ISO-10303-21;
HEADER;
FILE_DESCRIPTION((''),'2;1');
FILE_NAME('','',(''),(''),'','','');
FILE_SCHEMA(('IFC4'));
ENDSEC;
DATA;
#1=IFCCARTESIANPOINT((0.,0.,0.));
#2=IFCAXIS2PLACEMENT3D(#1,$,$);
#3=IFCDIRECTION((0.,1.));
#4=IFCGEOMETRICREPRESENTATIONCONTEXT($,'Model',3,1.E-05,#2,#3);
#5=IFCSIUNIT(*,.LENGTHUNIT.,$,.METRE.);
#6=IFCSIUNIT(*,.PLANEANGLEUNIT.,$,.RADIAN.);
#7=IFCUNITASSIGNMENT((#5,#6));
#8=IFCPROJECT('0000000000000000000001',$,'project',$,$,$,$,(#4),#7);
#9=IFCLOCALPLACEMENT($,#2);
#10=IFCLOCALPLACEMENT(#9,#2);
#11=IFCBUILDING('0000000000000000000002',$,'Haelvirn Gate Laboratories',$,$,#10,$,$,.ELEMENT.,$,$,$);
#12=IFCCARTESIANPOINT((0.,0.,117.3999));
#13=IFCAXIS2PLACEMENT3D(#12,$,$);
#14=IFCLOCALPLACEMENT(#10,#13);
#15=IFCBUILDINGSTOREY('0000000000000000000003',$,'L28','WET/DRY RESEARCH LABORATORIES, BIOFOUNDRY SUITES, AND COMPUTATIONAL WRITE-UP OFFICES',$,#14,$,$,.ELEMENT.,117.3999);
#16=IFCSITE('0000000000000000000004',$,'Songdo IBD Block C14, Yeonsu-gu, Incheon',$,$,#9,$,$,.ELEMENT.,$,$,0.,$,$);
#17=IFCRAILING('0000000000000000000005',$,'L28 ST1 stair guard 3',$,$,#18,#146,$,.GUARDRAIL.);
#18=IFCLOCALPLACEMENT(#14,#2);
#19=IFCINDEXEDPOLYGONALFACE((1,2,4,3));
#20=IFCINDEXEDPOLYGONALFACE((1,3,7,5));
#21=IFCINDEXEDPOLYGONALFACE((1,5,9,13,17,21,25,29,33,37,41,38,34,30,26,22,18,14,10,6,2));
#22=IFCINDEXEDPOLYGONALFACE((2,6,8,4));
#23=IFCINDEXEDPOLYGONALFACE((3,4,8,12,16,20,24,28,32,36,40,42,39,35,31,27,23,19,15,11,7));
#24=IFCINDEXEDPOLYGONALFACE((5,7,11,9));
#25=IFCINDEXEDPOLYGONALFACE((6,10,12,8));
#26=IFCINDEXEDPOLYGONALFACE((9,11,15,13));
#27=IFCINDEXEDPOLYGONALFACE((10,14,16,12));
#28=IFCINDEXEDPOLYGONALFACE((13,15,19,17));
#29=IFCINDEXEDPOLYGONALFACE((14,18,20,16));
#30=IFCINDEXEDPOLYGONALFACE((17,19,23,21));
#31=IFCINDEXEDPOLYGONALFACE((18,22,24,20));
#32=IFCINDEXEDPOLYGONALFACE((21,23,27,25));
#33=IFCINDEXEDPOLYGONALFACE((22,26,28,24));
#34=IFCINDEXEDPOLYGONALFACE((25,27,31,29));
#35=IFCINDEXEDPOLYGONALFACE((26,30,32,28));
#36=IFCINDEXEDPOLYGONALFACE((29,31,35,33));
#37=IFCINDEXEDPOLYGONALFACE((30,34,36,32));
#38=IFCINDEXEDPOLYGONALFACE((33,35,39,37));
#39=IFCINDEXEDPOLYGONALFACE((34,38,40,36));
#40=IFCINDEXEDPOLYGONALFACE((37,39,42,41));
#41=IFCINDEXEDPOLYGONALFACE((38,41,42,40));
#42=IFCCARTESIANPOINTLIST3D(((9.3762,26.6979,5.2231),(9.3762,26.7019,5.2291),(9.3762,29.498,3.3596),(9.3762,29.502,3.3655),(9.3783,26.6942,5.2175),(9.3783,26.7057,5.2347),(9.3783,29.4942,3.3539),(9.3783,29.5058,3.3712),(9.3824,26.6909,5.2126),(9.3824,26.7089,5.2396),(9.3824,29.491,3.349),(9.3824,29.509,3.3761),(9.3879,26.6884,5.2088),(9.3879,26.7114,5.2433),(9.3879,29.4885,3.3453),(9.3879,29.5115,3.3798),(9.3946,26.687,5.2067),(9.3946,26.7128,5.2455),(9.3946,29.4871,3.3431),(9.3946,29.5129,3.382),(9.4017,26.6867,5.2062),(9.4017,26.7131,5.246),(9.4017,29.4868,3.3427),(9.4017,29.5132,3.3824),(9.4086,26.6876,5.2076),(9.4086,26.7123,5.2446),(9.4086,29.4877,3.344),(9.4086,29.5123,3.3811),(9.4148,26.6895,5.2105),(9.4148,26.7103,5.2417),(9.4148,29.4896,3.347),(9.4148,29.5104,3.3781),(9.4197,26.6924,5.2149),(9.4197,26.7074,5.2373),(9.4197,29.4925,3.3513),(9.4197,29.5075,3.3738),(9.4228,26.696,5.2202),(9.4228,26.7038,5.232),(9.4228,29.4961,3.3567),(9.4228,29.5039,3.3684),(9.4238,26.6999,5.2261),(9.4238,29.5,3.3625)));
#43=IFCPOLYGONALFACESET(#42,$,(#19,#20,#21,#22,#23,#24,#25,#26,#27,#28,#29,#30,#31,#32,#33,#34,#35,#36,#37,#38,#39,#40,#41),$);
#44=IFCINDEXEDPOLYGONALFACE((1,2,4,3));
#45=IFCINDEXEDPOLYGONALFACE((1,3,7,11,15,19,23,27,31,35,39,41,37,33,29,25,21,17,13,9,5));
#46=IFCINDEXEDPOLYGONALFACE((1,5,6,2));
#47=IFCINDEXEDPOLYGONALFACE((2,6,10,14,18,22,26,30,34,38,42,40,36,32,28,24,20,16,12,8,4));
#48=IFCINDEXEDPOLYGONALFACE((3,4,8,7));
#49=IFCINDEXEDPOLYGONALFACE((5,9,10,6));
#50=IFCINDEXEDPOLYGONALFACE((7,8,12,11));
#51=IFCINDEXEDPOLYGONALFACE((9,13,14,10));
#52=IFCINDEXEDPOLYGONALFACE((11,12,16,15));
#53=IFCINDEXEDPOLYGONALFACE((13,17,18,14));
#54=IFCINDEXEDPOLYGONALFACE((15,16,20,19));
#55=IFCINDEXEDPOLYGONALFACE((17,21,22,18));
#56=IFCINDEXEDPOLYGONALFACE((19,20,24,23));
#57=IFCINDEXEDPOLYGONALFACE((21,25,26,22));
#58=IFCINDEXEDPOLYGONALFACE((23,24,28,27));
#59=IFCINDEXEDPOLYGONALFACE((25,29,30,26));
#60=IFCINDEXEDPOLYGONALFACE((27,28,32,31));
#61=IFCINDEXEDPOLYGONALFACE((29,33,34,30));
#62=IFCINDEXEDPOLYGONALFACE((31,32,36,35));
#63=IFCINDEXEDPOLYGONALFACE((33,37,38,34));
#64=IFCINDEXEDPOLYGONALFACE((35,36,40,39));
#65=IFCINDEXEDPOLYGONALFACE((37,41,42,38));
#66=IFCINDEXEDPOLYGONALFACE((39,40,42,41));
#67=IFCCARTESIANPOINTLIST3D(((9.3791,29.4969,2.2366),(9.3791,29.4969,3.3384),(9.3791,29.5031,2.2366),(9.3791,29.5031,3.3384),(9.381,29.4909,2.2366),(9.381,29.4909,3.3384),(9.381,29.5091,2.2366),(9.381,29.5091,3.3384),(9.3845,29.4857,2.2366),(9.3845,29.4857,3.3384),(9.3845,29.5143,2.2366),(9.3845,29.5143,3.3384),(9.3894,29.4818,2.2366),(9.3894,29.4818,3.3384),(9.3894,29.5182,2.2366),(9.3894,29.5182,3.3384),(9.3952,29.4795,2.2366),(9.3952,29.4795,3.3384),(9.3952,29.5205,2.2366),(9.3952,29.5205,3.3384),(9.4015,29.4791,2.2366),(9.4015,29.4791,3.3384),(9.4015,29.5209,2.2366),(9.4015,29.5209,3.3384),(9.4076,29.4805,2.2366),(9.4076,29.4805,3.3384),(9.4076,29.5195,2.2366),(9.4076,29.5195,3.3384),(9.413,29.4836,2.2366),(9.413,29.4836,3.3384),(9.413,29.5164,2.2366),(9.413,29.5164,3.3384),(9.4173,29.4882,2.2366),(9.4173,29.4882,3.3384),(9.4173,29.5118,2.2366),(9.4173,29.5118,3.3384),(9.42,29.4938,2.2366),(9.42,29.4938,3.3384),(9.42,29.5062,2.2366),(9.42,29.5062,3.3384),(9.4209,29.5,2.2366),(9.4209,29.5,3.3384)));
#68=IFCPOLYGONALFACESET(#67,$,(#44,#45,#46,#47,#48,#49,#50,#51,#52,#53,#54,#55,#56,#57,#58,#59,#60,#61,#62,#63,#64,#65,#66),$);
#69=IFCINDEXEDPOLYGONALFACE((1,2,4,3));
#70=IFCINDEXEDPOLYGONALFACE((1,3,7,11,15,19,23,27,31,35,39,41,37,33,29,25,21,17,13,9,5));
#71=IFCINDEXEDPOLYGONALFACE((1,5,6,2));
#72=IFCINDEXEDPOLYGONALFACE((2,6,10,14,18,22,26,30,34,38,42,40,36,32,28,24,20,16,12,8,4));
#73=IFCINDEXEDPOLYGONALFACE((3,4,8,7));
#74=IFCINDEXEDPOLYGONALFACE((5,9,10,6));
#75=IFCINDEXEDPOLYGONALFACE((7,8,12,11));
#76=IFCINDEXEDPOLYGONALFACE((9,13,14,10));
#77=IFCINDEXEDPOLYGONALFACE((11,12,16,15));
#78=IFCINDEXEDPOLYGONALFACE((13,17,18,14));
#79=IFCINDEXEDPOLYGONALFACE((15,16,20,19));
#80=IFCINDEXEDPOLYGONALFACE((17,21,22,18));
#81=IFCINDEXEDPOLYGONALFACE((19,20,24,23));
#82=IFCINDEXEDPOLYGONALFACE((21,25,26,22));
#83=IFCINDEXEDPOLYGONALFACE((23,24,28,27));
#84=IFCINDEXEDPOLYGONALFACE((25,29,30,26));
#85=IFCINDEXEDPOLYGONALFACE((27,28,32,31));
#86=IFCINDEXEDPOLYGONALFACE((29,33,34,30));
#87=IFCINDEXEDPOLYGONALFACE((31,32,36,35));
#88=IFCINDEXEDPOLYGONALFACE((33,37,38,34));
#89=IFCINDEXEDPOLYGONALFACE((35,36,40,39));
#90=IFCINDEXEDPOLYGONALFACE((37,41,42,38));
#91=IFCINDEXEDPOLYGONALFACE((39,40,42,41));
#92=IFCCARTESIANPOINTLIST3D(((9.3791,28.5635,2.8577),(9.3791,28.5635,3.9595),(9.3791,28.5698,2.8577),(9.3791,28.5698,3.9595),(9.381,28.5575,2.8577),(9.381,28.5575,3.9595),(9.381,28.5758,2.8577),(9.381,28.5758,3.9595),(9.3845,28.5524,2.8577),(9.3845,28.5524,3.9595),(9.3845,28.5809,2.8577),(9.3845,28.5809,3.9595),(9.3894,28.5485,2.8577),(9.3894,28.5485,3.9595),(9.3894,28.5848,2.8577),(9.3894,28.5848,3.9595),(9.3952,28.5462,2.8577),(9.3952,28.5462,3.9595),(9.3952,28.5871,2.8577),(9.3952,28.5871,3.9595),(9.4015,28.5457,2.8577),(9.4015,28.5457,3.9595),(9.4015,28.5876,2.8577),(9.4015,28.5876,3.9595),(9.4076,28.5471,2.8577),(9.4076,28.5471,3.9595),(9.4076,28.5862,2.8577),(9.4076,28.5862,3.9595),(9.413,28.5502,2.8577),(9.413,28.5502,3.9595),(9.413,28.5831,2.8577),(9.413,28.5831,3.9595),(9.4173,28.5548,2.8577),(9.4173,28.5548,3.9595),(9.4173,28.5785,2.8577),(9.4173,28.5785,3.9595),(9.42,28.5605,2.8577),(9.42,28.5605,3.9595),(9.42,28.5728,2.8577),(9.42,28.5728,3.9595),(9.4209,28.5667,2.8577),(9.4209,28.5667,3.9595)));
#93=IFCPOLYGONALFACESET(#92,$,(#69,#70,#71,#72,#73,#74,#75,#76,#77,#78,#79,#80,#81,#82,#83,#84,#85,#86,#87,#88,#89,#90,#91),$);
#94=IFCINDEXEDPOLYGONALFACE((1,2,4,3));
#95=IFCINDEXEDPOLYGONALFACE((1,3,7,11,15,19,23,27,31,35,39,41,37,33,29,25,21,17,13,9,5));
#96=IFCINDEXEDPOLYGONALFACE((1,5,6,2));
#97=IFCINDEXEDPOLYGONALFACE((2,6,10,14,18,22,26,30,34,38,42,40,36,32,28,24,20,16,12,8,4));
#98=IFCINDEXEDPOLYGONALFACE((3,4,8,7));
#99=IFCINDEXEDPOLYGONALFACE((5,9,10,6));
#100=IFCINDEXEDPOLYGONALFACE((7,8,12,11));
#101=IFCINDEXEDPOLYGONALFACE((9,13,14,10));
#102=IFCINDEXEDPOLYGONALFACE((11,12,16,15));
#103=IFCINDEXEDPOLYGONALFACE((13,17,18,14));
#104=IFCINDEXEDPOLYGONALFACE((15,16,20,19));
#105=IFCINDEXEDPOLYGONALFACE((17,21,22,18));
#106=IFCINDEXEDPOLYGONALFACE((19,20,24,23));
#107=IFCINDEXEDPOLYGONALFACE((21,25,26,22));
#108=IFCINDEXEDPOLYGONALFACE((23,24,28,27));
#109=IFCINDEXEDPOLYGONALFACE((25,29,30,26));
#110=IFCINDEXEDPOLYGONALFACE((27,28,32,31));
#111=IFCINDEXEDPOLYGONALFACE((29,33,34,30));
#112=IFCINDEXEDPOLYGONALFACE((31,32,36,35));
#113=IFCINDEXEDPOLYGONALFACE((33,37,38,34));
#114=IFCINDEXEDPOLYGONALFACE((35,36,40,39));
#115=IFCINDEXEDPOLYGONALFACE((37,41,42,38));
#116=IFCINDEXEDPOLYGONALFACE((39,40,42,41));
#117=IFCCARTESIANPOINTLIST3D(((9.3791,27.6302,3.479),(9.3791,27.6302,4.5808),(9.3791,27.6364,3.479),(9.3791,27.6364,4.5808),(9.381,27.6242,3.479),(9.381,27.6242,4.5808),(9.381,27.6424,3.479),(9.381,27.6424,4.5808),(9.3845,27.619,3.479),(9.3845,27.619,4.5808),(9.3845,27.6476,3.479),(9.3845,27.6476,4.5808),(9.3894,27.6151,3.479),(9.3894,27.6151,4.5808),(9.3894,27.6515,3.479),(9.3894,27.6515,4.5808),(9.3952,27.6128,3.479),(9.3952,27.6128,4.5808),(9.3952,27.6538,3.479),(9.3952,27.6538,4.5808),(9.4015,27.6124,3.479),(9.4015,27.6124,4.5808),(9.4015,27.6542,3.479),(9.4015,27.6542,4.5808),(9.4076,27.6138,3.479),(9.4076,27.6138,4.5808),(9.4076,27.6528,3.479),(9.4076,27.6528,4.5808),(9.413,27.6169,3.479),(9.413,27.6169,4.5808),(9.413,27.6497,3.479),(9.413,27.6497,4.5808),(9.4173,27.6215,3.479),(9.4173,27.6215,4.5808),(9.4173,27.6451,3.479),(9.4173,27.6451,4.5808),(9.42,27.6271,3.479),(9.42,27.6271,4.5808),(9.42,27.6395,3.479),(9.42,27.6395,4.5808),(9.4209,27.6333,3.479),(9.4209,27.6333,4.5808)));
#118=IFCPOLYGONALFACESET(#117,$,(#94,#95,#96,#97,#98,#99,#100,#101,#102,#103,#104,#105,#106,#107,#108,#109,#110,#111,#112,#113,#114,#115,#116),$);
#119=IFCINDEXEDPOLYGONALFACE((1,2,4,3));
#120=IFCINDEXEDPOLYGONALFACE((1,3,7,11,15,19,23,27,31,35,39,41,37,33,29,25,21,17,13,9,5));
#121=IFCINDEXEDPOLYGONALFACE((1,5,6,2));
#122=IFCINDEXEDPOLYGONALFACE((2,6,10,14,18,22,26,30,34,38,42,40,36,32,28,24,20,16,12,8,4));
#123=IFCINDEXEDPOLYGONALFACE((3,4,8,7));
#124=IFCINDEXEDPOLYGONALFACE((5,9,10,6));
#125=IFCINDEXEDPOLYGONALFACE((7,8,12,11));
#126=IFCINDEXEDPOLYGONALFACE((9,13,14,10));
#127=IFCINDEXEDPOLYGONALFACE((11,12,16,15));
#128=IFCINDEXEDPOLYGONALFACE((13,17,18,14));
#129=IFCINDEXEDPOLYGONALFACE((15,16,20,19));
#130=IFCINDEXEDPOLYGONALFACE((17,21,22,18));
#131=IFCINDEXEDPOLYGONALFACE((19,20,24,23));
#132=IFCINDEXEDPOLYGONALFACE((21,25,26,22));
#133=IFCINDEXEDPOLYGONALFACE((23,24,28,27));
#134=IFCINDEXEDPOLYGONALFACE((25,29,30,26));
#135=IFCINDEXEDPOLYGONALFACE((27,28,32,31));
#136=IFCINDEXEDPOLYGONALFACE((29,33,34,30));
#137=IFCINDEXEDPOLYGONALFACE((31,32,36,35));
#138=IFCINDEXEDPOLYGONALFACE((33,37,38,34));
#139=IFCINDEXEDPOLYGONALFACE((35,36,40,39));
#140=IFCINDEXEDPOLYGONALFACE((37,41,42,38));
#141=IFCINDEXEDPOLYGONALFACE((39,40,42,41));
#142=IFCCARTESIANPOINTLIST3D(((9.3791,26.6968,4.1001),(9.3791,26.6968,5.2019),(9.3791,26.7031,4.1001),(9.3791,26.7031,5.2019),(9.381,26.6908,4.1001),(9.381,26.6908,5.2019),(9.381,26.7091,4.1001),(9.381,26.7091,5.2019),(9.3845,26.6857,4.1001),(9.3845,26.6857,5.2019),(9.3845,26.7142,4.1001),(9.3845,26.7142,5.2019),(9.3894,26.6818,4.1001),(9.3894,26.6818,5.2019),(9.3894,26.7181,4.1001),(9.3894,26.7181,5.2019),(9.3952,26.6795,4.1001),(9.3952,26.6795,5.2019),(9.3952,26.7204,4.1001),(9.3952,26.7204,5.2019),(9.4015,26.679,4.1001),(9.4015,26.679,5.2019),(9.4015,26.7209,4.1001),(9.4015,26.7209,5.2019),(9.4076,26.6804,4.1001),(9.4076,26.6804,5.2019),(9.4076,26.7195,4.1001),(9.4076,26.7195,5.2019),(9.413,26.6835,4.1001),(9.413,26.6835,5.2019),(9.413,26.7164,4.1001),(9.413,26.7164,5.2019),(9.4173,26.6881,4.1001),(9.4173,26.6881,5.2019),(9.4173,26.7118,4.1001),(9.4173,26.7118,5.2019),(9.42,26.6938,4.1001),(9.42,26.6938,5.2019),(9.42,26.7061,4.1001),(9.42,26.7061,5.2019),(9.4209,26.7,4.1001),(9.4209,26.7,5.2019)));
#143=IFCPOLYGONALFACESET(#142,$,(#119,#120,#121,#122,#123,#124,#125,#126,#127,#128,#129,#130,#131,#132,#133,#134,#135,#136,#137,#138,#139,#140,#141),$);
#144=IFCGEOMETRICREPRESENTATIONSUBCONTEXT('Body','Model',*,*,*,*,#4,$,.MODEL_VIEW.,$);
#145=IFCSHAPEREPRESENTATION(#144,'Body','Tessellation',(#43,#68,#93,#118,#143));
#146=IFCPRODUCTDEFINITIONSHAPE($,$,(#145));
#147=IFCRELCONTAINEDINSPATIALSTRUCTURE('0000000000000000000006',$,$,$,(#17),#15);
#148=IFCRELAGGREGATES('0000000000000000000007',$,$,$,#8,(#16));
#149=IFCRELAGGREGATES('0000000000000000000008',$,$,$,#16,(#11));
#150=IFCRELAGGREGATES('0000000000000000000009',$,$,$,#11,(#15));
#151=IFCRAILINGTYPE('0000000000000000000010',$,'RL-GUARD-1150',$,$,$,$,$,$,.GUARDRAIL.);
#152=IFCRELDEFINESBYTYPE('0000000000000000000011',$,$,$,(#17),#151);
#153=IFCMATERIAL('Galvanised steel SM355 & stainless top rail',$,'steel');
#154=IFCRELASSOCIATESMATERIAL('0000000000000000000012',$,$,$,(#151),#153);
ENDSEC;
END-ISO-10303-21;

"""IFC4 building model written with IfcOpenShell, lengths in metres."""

from ifc_helpers import new_model, si_unit, direction, frame, origin, origin_2d, place, context, subcontext, project, spatial, circle, extrude, source, transform, mapped, material, type_object, element, save


model = new_model("IFC4")

# Units and contexts
model_context = context("Model", 3, precision=1e-05, world=origin(), true_north=direction((0.0, 1.0)))
body_context = subcontext(model_context, "Body", "Model", "MODEL_VIEW")
ifc_project = project(units=[si_unit("LENGTHUNIT", "METRE"), si_unit("PLANEANGLEUNIT", "RADIAN")], contexts=[model_context])

# Site, building, storey
site_placement = place(None, origin())
site = spatial("IfcSite", under=ifc_project, at=site_placement, Name="Songdo IBD Block C14, Yeonsu-gu, Incheon", CompositionType="ELEMENT", RefElevation=0.0)
building_placement = place(site_placement, origin())
building = spatial("IfcBuilding", under=site, at=building_placement, Name="Haelvirn Gate Laboratories", CompositionType="ELEMENT")
storey_placement = place(building_placement, frame((0.0, 0.0, 117.3999)))
storey = spatial("IfcBuildingStorey", under=building, at=storey_placement, Name="L28", Description="WET/DRY RESEARCH LABORATORIES, BIOFOUNDRY SUITES, AND COMPUTATIONAL WRITE-UP OFFICES", CompositionType="ELEMENT", Elevation=117.3999)

# Railing
ifc_material_1 = material(Name="Galvanised steel SM355 & stainless top rail", Category="steel")
railing_type_1 = type_object("IfcRailingType", Name="RL-GUARD-1150", PredefinedType="GUARDRAIL", material=ifc_material_1)
shared_shape_1 = source(origin(), body_context, "Body", "SweptSolid", [
    extrude(circle(Radius=0.0239, at=origin_2d()), frame((0.0, 0.0, 1.126), z_axis=(0.0, -0.832486, 0.554047), x_axis=(1.0, 0.0, 0.0)), (0.0, 0.0, 1.0), 3.3635),
    extrude(circle(Radius=0.021, at=origin_2d()), origin(), (0.0, 0.0, 1.0), 1.1018),
    extrude(circle(Radius=0.021, at=origin_2d()), frame((0.0, -0.9333, 0.6211)), (0.0, 0.0, 1.0), 1.1018),
    extrude(circle(Radius=0.021, at=origin_2d()), frame((0.0, -1.8667, 1.2424)), (0.0, 0.0, 1.0), 1.1018),
    extrude(circle(Radius=0.021, at=origin_2d()), frame((0.0, -2.8, 1.8635)), (0.0, 0.0, 1.0), 1.1018),
])
railing_1_placement = place(storey_placement, frame((9.3999, 29.5, 2.2366)))
element("IfcRailing", 1, at=railing_1_placement, inside=storey, type_object=railing_type_1, Name="L28 ST1 stair guard 3", PredefinedType="GUARDRAIL", context=body_context, shape_type="MappedRepresentation", body=[
    mapped(shared_shape_1, transform((0.0, 0.0, 0.0), scale=1.0)),
])

save(model, "model.ifc")
